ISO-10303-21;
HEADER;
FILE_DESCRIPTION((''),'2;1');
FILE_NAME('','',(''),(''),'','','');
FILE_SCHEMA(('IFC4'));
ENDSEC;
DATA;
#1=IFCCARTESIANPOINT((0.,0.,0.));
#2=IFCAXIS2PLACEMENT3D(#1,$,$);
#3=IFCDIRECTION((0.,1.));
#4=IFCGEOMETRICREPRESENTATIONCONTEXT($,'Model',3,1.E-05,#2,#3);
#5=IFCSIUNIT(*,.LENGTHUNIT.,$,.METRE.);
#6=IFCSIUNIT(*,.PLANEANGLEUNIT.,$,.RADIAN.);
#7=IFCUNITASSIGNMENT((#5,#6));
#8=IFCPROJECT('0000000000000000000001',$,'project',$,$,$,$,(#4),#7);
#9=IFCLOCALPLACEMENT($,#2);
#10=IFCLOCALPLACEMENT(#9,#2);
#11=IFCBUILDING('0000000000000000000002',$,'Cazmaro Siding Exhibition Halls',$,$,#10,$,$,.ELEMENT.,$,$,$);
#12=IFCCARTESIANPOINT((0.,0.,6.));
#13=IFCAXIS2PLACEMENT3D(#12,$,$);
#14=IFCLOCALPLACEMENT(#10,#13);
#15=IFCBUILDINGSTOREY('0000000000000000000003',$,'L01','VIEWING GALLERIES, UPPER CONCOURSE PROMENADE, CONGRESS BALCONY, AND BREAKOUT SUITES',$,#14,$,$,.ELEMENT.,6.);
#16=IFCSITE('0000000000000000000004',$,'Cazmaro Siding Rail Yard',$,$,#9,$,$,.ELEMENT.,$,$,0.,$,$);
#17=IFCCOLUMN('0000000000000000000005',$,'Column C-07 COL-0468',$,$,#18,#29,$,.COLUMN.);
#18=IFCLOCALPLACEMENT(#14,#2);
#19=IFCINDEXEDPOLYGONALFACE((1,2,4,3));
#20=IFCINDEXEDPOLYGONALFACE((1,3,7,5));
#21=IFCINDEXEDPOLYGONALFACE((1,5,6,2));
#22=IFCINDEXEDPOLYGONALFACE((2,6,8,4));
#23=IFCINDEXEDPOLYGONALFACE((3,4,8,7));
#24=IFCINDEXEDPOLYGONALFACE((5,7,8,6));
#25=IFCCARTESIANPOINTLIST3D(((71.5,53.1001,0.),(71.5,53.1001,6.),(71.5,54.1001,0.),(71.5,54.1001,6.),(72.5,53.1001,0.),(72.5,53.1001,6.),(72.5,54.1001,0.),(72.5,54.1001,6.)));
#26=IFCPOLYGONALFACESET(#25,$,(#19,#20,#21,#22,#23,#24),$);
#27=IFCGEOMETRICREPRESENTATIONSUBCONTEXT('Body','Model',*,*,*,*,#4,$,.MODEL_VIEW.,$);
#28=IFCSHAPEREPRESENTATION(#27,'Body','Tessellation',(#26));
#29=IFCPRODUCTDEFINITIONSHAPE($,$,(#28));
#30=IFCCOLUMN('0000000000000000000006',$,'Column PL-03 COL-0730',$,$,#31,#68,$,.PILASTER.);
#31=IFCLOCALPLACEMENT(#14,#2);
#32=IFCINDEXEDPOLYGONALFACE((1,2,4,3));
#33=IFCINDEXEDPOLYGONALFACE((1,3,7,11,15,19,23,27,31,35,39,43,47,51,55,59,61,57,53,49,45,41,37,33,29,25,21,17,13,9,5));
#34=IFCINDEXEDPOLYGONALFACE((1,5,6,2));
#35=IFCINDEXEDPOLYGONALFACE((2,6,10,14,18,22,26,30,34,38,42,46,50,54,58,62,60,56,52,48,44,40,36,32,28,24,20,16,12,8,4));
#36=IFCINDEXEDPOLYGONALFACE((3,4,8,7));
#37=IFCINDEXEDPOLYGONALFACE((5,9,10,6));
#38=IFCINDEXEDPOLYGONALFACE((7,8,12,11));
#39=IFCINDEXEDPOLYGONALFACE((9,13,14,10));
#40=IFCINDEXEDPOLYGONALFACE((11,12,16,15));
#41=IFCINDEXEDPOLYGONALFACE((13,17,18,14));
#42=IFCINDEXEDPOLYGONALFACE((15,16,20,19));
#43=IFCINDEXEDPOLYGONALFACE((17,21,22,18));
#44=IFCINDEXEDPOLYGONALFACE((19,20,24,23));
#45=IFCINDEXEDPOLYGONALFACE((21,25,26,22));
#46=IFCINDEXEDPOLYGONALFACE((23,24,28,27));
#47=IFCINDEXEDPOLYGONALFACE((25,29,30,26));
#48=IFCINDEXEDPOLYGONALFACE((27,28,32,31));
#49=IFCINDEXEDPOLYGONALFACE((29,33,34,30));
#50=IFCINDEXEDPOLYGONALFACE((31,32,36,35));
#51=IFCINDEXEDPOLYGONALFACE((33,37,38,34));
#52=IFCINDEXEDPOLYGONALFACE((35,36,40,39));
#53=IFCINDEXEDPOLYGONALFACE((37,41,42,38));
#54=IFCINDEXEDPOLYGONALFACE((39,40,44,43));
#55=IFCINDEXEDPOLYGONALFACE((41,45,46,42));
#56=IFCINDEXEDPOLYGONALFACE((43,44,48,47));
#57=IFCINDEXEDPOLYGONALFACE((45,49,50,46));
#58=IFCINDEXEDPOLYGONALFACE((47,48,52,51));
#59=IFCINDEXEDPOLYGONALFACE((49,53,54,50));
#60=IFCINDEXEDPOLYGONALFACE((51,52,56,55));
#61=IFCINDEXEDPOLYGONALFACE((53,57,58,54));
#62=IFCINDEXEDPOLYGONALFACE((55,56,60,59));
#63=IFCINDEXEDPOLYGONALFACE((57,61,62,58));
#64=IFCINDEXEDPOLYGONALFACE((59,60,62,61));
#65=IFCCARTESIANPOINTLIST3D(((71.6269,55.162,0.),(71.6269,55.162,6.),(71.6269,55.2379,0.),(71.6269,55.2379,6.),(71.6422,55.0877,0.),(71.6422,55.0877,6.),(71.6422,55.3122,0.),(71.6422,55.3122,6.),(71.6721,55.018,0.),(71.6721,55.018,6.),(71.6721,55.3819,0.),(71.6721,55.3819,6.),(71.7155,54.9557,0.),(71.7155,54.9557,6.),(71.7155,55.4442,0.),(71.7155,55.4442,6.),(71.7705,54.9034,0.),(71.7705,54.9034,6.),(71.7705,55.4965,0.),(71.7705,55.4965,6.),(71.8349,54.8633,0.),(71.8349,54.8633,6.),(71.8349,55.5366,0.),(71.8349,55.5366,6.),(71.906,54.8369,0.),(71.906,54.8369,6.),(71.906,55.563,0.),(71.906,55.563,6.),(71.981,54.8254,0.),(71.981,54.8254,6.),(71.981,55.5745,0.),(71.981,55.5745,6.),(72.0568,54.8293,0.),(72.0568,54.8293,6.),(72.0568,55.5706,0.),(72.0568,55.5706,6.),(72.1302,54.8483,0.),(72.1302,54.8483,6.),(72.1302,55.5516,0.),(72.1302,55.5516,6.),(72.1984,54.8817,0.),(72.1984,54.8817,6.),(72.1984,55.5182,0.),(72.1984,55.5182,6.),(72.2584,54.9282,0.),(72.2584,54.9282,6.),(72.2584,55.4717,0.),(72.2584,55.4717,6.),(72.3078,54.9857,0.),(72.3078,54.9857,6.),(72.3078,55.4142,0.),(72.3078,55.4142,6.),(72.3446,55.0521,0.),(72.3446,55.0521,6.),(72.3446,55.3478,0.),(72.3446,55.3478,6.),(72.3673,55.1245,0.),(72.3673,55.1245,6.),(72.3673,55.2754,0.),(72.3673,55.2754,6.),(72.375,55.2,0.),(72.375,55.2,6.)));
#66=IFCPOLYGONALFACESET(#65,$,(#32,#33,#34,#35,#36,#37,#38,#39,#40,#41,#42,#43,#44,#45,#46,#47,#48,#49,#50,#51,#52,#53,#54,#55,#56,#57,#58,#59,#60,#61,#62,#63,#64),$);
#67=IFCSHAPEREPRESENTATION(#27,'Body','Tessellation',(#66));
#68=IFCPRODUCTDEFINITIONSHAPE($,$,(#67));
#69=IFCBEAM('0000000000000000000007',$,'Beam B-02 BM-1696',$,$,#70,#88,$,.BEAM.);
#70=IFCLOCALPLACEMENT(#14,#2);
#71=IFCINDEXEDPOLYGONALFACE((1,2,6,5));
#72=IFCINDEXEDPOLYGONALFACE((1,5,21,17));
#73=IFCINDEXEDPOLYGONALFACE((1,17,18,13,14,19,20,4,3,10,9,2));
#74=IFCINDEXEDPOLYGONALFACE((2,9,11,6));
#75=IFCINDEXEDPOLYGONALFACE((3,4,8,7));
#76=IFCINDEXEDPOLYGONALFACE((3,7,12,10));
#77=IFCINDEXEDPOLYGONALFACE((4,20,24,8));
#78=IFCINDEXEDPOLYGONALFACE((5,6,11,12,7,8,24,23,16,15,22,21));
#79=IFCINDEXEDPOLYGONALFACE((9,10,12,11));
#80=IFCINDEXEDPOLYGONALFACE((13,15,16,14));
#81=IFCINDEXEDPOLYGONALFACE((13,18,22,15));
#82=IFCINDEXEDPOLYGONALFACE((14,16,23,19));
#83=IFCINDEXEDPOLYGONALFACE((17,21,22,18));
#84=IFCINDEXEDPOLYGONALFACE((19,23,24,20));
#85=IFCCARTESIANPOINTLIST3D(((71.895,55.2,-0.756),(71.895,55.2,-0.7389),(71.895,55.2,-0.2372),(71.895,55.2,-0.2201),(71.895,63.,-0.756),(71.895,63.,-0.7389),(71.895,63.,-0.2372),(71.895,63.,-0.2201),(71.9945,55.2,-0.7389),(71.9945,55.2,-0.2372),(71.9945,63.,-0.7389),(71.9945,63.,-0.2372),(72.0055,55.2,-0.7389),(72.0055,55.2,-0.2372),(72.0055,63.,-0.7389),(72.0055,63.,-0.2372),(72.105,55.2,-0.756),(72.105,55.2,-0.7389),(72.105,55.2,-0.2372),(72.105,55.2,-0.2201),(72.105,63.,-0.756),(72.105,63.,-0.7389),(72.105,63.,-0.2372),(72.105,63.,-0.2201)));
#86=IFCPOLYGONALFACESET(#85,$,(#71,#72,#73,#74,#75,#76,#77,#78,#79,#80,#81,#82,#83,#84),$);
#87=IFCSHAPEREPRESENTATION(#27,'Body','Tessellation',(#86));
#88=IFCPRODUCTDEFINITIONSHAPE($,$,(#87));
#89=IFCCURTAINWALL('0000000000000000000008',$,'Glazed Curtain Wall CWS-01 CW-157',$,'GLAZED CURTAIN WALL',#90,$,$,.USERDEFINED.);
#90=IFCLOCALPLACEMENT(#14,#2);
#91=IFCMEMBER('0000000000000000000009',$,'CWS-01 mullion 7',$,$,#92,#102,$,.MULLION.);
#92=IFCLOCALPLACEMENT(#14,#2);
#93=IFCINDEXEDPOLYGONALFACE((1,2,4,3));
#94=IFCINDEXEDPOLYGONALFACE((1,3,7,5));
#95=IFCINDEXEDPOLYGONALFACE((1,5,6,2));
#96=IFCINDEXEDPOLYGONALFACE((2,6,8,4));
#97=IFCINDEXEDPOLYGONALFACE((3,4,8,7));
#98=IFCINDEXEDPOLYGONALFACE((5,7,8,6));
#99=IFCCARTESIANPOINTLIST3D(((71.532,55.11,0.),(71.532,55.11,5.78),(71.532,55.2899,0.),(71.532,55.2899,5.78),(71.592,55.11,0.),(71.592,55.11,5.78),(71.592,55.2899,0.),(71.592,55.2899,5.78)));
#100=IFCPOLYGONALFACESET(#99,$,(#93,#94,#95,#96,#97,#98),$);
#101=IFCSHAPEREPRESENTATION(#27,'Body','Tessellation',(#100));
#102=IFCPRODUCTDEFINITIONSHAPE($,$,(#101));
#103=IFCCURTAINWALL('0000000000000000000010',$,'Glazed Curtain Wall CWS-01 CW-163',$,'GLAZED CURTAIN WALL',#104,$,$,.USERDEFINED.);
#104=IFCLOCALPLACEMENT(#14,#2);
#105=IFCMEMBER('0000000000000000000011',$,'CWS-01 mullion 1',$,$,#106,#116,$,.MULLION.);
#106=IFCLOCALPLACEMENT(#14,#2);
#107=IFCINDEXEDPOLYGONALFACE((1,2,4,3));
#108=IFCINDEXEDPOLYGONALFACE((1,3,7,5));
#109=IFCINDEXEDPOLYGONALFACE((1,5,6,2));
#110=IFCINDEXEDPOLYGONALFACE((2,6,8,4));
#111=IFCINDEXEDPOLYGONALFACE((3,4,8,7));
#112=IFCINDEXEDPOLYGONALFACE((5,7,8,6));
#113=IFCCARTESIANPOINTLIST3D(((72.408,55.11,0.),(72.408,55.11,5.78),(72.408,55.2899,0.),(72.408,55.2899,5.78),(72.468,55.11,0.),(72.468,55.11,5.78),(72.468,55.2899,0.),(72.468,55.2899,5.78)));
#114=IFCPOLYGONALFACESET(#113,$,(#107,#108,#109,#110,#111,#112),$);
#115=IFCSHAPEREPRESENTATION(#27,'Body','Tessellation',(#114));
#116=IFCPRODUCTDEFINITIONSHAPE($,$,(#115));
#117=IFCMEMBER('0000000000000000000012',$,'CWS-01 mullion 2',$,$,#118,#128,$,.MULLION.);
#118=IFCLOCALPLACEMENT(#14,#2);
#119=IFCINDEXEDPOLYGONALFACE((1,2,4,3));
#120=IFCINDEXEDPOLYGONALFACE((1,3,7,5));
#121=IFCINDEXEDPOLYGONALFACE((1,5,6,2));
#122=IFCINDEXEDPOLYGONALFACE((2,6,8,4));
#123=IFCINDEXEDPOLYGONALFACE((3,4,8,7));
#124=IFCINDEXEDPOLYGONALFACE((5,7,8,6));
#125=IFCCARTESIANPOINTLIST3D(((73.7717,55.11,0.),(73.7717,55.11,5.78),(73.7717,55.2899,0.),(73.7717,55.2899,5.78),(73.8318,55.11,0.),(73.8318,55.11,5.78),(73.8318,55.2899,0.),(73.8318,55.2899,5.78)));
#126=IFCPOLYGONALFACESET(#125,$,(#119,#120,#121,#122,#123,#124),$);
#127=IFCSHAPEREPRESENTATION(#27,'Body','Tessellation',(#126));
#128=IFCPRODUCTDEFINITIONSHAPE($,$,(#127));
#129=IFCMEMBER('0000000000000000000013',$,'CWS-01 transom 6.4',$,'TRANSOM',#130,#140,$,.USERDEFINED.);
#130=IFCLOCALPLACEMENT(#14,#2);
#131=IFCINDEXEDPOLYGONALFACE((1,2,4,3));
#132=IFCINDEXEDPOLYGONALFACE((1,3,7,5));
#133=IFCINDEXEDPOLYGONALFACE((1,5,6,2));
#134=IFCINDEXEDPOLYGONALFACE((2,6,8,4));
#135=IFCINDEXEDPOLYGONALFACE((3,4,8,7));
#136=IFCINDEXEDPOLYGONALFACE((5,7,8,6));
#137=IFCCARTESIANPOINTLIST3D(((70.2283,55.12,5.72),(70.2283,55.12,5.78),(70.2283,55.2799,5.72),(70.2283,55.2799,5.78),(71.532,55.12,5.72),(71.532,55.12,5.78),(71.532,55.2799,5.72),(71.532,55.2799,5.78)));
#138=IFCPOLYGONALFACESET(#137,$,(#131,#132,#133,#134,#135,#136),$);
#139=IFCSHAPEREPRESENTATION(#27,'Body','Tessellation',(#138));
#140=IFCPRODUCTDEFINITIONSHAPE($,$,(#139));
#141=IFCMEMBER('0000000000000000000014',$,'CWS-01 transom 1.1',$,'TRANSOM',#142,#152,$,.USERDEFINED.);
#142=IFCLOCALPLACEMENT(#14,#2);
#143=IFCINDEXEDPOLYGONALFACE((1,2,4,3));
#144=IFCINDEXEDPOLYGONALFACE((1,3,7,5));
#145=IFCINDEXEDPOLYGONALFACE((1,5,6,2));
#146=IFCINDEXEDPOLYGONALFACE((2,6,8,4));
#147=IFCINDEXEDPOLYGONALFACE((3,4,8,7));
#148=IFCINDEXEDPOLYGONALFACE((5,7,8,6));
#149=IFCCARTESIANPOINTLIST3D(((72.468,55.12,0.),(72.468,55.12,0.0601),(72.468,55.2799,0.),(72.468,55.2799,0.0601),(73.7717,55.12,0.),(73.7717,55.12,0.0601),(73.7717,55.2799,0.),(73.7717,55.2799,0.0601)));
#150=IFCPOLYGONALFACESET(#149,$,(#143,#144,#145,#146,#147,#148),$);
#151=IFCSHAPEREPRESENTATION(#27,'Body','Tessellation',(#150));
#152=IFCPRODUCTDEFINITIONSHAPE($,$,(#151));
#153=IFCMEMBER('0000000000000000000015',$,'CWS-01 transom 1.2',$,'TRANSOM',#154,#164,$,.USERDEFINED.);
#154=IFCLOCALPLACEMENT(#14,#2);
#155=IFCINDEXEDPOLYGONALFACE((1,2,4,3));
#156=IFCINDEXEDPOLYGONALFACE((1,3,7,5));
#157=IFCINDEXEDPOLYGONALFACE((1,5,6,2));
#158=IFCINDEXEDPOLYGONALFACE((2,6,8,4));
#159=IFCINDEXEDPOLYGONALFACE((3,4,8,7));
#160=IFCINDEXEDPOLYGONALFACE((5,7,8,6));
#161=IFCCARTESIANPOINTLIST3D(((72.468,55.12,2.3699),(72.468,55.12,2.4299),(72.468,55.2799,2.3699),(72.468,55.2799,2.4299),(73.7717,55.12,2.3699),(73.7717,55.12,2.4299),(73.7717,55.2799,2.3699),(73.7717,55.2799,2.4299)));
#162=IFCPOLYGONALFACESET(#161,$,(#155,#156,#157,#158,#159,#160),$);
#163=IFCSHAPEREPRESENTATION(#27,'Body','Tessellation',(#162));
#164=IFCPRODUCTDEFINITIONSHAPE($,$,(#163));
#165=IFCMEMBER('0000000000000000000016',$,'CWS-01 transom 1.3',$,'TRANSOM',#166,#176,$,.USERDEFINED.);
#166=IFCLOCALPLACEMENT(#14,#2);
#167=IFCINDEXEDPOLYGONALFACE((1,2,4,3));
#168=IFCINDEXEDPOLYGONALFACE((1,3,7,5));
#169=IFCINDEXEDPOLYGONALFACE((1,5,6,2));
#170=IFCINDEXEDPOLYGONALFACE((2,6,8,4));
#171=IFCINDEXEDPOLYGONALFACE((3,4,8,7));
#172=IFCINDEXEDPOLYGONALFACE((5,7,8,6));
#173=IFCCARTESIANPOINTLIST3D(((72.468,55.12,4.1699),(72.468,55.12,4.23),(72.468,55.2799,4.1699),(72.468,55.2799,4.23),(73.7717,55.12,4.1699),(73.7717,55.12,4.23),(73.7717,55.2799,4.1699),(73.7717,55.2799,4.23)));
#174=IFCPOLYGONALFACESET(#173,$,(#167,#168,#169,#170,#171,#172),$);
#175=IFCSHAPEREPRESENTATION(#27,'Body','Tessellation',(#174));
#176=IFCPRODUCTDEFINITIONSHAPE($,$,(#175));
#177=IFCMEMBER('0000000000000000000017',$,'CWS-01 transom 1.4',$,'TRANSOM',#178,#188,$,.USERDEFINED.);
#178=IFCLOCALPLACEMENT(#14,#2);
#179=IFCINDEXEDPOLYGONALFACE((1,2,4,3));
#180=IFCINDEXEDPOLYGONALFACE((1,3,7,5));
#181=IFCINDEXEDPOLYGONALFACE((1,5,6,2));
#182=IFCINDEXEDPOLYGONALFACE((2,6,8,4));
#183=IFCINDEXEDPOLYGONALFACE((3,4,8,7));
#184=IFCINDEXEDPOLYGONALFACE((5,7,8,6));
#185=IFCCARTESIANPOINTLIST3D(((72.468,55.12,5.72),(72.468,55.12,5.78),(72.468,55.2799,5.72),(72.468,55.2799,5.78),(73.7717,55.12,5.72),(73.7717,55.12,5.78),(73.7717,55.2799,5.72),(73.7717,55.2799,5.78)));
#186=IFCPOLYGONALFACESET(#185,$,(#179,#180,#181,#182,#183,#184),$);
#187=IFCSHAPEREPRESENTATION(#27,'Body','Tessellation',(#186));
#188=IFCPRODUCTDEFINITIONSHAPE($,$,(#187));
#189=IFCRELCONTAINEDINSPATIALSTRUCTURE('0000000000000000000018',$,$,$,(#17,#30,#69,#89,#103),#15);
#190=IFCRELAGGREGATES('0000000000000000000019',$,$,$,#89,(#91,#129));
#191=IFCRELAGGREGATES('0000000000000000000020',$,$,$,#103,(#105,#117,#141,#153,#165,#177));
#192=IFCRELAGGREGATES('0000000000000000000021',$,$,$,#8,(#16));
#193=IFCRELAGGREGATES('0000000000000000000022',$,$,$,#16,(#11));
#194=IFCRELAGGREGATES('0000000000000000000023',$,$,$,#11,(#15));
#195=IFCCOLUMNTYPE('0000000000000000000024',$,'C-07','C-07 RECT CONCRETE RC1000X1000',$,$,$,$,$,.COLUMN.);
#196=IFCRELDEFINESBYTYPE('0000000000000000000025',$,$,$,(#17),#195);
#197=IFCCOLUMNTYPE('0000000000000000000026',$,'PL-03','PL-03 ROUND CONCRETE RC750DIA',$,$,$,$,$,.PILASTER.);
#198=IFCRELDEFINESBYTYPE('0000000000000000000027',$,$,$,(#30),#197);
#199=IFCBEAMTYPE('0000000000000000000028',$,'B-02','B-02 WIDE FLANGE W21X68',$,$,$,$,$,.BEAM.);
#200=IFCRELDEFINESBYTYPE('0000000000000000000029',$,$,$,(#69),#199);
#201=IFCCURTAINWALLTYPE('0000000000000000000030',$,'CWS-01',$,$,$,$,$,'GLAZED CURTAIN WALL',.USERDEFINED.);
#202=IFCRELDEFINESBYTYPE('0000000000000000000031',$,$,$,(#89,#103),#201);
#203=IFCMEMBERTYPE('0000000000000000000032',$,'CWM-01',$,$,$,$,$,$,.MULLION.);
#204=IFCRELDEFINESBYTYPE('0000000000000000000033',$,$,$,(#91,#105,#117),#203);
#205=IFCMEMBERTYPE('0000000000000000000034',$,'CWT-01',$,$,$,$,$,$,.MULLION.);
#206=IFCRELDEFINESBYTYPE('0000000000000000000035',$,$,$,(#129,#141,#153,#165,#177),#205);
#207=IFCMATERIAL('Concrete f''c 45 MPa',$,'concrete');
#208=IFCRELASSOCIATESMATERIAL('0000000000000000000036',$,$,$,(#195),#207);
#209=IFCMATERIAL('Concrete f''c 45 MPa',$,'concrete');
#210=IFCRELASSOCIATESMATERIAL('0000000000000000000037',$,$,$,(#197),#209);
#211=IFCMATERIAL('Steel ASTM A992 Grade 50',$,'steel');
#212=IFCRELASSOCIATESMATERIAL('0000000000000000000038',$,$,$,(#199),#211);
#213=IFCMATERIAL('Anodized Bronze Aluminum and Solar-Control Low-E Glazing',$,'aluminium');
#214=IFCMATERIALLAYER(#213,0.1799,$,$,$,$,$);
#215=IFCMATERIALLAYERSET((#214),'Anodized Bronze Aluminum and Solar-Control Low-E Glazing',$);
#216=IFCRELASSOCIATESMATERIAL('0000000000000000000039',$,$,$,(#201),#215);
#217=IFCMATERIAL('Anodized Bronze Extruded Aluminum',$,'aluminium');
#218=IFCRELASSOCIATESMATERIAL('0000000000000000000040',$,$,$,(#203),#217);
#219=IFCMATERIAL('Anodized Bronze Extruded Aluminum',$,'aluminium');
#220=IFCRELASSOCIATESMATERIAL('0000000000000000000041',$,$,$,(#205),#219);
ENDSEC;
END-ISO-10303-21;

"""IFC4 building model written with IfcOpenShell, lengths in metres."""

from ifc_helpers import new_model, si_unit, direction, frame, origin, origin_2d, place, context, subcontext, project, spatial, rectangle, circle, i_section, extrude, material, layer, layer_set, material_profile, profile_set, type_object, element, aggregate, save


model = new_model("IFC4")

# Units and contexts
model_context = context("Model", 3, precision=1e-05, world=origin(), true_north=direction((0.0, 1.0)))
body_context = subcontext(model_context, "Body", "Model", "MODEL_VIEW")
ifc_project = project(units=[si_unit("LENGTHUNIT", "METRE"), si_unit("PLANEANGLEUNIT", "RADIAN")], contexts=[model_context])

# Site, building, storey
site_placement = place(None, origin())
site = spatial("IfcSite", under=ifc_project, at=site_placement, Name="Cazmaro Siding Rail Yard", CompositionType="ELEMENT", RefElevation=0.0)
building_placement = place(site_placement, origin())
building = spatial("IfcBuilding", under=site, at=building_placement, Name="Cazmaro Siding Exhibition Halls", CompositionType="ELEMENT")
storey_placement = place(building_placement, frame((0.0, 0.0, 6.0)))
storey = spatial("IfcBuildingStorey", under=building, at=storey_placement, Name="L01", Description="VIEWING GALLERIES, UPPER CONCOURSE PROMENADE, CONGRESS BALCONY, AND BREAKOUT SUITES", CompositionType="ELEMENT", Elevation=6.0)

# Columns
ifc_material_1 = material(Name="Concrete f'c 45 MPa", Category="concrete")
ifc_material_profile_1 = material_profile(ifc_material_1, rectangle(XDim=1.0, YDim=1.0, at=origin_2d()), Name="RC1000X1000")
ifc_profile_set_1 = profile_set([ifc_material_profile_1], Name="Concrete f'c 45 MPa")
column_type_1 = type_object("IfcColumnType", Name="C-07", Description="C-07 RECT CONCRETE RC1000X1000", PredefinedType="COLUMN", material=ifc_profile_set_1)
column_1_placement = place(storey_placement, frame((72.0, 53.6001, 0.0), z_axis=(0.0, 0.0, 1.0), x_axis=(1.0, 0.0, 0.0)))
element("IfcColumn", 1, at=column_1_placement, inside=storey, type_object=column_type_1, Name="Column C-07 COL-0468", PredefinedType="COLUMN", context=body_context, shape_type="SweptSolid", body=[
    extrude(rectangle(XDim=1.0, YDim=1.0, at=origin_2d()), origin(), (0.0, 0.0, 1.0), 6.0),
])
ifc_material_2 = material(Name="Concrete f'c 45 MPa", Category="concrete")
ifc_material_profile_2 = material_profile(ifc_material_2, circle(Radius=0.375, at=origin_2d()), Name="RC750DIA")
ifc_profile_set_2 = profile_set([ifc_material_profile_2], Name="Concrete f'c 45 MPa")
column_type_2 = type_object("IfcColumnType", Name="PL-03", Description="PL-03 ROUND CONCRETE RC750DIA", PredefinedType="PILASTER", material=ifc_profile_set_2)
column_2_placement = place(storey_placement, frame((72.0, 55.2, 0.0), z_axis=(0.0, 0.0, 1.0), x_axis=(1.0, 0.0, 0.0)))
element("IfcColumn", 2, at=column_2_placement, inside=storey, type_object=column_type_2, Name="Column PL-03 COL-0730", PredefinedType="PILASTER", context=body_context, shape_type="SweptSolid", body=[
    extrude(circle(Radius=0.375, at=origin_2d()), origin(), (0.0, 0.0, 1.0), 6.0),
])

# Beam
ifc_material_3 = material(Name="Steel ASTM A992 Grade 50", Category="steel")
ifc_material_profile_3 = material_profile(ifc_material_3, i_section(OverallWidth=0.21, OverallDepth=0.5359, WebThickness=0.011, FlangeThickness=0.0171, at=origin_2d()), Name="W21X68")
ifc_profile_set_3 = profile_set([ifc_material_profile_3], Name="Steel ASTM A992 Grade 50")
beam_type_1 = type_object("IfcBeamType", Name="B-02", Description="B-02 WIDE FLANGE W21X68", PredefinedType="BEAM", material=ifc_profile_set_3)
beam_1_placement = place(storey_placement, frame((72.0, 55.2, -0.488), z_axis=(0.0, 1.0, 0.0), x_axis=(-1.0, 0.0, 0.0)))
element("IfcBeam", 3, at=beam_1_placement, inside=storey, type_object=beam_type_1, Name="Beam B-02 BM-1696", PredefinedType="BEAM", context=body_context, shape_type="SweptSolid", body=[
    extrude(i_section(OverallWidth=0.21, OverallDepth=0.5359, WebThickness=0.011, FlangeThickness=0.0171, at=origin_2d()), origin(), (0.0, 0.0, 1.0), 7.8),
])

# Curtain wall, member
ifc_material_4 = material(Name="Anodized Bronze Aluminum and Solar-Control Low-E Glazing", Category="aluminium")
ifc_layer_1 = layer(ifc_material_4, 0.1799)
ifc_layer_set_1 = layer_set([ifc_layer_1], Name="Anodized Bronze Aluminum and Solar-Control Low-E Glazing")
curtain_wall_type = type_object("IfcCurtainWallType", Name="CWS-01", ElementType="GLAZED CURTAIN WALL", PredefinedType="USERDEFINED", material=ifc_layer_set_1)
curtain_wall_1_placement = place(storey_placement, origin())
curtain_wall_1 = element("IfcCurtainWall", 4, at=curtain_wall_1_placement, inside=storey, type_object=curtain_wall_type, Name="Glazed Curtain Wall CWS-01 CW-157", ObjectType="GLAZED CURTAIN WALL", PredefinedType="USERDEFINED")
ifc_material_5 = material(Name="Anodized Bronze Extruded Aluminum", Category="aluminium")
ifc_material_profile_4 = material_profile(ifc_material_5, rectangle(XDim=0.1799, YDim=0.0601, at=origin_2d()), Name="CWM-01")
ifc_profile_set_4 = profile_set([ifc_material_profile_4], Name="Anodized Bronze Extruded Aluminum")
member_type_1 = type_object("IfcMemberType", Name="CWM-01", PredefinedType="MULLION", material=ifc_profile_set_4)
member_1_placement = place(storey_placement, frame((71.562, 55.2, 0.0), z_axis=(0.0, 0.0, 1.0), x_axis=(0.0, 1.0, 0.0)))
member_1 = element("IfcMember", 5, at=member_1_placement, type_object=member_type_1, Name="CWS-01 mullion 7", PredefinedType="MULLION", context=body_context, shape_type="SweptSolid", body=[
    extrude(rectangle(XDim=0.1799, YDim=0.0601, at=origin_2d()), origin(), (0.0, 0.0, 1.0), 5.78),
])

# Curtain wall, members
curtain_wall_2_placement = place(storey_placement, origin())
curtain_wall_2 = element("IfcCurtainWall", 6, at=curtain_wall_2_placement, inside=storey, type_object=curtain_wall_type, Name="Glazed Curtain Wall CWS-01 CW-163", ObjectType="GLAZED CURTAIN WALL", PredefinedType="USERDEFINED")
member_2_placement = place(storey_placement, frame((72.438, 55.2, 0.0), z_axis=(0.0, 0.0, 1.0), x_axis=(0.0, 1.0, 0.0)))
member_2 = element("IfcMember", 7, at=member_2_placement, type_object=member_type_1, Name="CWS-01 mullion 1", PredefinedType="MULLION", context=body_context, shape_type="SweptSolid", body=[
    extrude(rectangle(XDim=0.1799, YDim=0.0601, at=origin_2d()), origin(), (0.0, 0.0, 1.0), 5.78),
])
member_3_placement = place(storey_placement, frame((73.8018, 55.2, 0.0), z_axis=(0.0, 0.0, 1.0), x_axis=(0.0, 1.0, 0.0)))
member_3 = element("IfcMember", 8, at=member_3_placement, type_object=member_type_1, Name="CWS-01 mullion 2", PredefinedType="MULLION", context=body_context, shape_type="SweptSolid", body=[
    extrude(rectangle(XDim=0.1799, YDim=0.0601, at=origin_2d()), origin(), (0.0, 0.0, 1.0), 5.78),
])

# Members
ifc_material_6 = material(Name="Anodized Bronze Extruded Aluminum", Category="aluminium")
ifc_material_profile_5 = material_profile(ifc_material_6, rectangle(XDim=0.1599, YDim=0.0601, at=origin_2d()), Name="CWT-01")
ifc_profile_set_5 = profile_set([ifc_material_profile_5], Name="Anodized Bronze Extruded Aluminum")
member_type_2 = type_object("IfcMemberType", Name="CWT-01", PredefinedType="MULLION", material=ifc_profile_set_5)
member_4_placement = place(storey_placement, frame((70.2283, 55.2, 5.75), z_axis=(1.0, 0.0, 0.0), x_axis=(0.0, 1.0, 0.0)))
member_4 = element("IfcMember", 9, at=member_4_placement, type_object=member_type_2, Name="CWS-01 transom 6.4", ObjectType="TRANSOM", PredefinedType="USERDEFINED", context=body_context, shape_type="SweptSolid", body=[
    extrude(rectangle(XDim=0.1599, YDim=0.0601, at=origin_2d()), origin(), (0.0, 0.0, 1.0), 1.3037),
])
member_5_placement = place(storey_placement, frame((72.468, 55.2, 0.03), z_axis=(1.0, 0.0, 0.0), x_axis=(0.0, 1.0, 0.0)))
member_5 = element("IfcMember", 10, at=member_5_placement, type_object=member_type_2, Name="CWS-01 transom 1.1", ObjectType="TRANSOM", PredefinedType="USERDEFINED", context=body_context, shape_type="SweptSolid", body=[
    extrude(rectangle(XDim=0.1599, YDim=0.0601, at=origin_2d()), origin(), (0.0, 0.0, 1.0), 1.3037),
])
member_6_placement = place(storey_placement, frame((72.468, 55.2, 2.3999), z_axis=(1.0, 0.0, 0.0), x_axis=(0.0, 1.0, 0.0)))
member_6 = element("IfcMember", 11, at=member_6_placement, type_object=member_type_2, Name="CWS-01 transom 1.2", ObjectType="TRANSOM", PredefinedType="USERDEFINED", context=body_context, shape_type="SweptSolid", body=[
    extrude(rectangle(XDim=0.1599, YDim=0.0601, at=origin_2d()), origin(), (0.0, 0.0, 1.0), 1.3037),
])
member_7_placement = place(storey_placement, frame((72.468, 55.2, 4.2), z_axis=(1.0, 0.0, 0.0), x_axis=(0.0, 1.0, 0.0)))
member_7 = element("IfcMember", 12, at=member_7_placement, type_object=member_type_2, Name="CWS-01 transom 1.3", ObjectType="TRANSOM", PredefinedType="USERDEFINED", context=body_context, shape_type="SweptSolid", body=[
    extrude(rectangle(XDim=0.1599, YDim=0.0601, at=origin_2d()), origin(), (0.0, 0.0, 1.0), 1.3037),
])
member_8_placement = place(storey_placement, frame((72.468, 55.2, 5.75), z_axis=(1.0, 0.0, 0.0), x_axis=(0.0, 1.0, 0.0)))
member_8 = element("IfcMember", 13, at=member_8_placement, type_object=member_type_2, Name="CWS-01 transom 1.4", ObjectType="TRANSOM", PredefinedType="USERDEFINED", context=body_context, shape_type="SweptSolid", body=[
    extrude(rectangle(XDim=0.1599, YDim=0.0601, at=origin_2d()), origin(), (0.0, 0.0, 1.0), 1.3037),
])

aggregate(curtain_wall_1, [member_1, member_4])
aggregate(curtain_wall_2, [member_2, member_3, member_5, member_6, member_7, member_8])

save(model, "model.ifc")
